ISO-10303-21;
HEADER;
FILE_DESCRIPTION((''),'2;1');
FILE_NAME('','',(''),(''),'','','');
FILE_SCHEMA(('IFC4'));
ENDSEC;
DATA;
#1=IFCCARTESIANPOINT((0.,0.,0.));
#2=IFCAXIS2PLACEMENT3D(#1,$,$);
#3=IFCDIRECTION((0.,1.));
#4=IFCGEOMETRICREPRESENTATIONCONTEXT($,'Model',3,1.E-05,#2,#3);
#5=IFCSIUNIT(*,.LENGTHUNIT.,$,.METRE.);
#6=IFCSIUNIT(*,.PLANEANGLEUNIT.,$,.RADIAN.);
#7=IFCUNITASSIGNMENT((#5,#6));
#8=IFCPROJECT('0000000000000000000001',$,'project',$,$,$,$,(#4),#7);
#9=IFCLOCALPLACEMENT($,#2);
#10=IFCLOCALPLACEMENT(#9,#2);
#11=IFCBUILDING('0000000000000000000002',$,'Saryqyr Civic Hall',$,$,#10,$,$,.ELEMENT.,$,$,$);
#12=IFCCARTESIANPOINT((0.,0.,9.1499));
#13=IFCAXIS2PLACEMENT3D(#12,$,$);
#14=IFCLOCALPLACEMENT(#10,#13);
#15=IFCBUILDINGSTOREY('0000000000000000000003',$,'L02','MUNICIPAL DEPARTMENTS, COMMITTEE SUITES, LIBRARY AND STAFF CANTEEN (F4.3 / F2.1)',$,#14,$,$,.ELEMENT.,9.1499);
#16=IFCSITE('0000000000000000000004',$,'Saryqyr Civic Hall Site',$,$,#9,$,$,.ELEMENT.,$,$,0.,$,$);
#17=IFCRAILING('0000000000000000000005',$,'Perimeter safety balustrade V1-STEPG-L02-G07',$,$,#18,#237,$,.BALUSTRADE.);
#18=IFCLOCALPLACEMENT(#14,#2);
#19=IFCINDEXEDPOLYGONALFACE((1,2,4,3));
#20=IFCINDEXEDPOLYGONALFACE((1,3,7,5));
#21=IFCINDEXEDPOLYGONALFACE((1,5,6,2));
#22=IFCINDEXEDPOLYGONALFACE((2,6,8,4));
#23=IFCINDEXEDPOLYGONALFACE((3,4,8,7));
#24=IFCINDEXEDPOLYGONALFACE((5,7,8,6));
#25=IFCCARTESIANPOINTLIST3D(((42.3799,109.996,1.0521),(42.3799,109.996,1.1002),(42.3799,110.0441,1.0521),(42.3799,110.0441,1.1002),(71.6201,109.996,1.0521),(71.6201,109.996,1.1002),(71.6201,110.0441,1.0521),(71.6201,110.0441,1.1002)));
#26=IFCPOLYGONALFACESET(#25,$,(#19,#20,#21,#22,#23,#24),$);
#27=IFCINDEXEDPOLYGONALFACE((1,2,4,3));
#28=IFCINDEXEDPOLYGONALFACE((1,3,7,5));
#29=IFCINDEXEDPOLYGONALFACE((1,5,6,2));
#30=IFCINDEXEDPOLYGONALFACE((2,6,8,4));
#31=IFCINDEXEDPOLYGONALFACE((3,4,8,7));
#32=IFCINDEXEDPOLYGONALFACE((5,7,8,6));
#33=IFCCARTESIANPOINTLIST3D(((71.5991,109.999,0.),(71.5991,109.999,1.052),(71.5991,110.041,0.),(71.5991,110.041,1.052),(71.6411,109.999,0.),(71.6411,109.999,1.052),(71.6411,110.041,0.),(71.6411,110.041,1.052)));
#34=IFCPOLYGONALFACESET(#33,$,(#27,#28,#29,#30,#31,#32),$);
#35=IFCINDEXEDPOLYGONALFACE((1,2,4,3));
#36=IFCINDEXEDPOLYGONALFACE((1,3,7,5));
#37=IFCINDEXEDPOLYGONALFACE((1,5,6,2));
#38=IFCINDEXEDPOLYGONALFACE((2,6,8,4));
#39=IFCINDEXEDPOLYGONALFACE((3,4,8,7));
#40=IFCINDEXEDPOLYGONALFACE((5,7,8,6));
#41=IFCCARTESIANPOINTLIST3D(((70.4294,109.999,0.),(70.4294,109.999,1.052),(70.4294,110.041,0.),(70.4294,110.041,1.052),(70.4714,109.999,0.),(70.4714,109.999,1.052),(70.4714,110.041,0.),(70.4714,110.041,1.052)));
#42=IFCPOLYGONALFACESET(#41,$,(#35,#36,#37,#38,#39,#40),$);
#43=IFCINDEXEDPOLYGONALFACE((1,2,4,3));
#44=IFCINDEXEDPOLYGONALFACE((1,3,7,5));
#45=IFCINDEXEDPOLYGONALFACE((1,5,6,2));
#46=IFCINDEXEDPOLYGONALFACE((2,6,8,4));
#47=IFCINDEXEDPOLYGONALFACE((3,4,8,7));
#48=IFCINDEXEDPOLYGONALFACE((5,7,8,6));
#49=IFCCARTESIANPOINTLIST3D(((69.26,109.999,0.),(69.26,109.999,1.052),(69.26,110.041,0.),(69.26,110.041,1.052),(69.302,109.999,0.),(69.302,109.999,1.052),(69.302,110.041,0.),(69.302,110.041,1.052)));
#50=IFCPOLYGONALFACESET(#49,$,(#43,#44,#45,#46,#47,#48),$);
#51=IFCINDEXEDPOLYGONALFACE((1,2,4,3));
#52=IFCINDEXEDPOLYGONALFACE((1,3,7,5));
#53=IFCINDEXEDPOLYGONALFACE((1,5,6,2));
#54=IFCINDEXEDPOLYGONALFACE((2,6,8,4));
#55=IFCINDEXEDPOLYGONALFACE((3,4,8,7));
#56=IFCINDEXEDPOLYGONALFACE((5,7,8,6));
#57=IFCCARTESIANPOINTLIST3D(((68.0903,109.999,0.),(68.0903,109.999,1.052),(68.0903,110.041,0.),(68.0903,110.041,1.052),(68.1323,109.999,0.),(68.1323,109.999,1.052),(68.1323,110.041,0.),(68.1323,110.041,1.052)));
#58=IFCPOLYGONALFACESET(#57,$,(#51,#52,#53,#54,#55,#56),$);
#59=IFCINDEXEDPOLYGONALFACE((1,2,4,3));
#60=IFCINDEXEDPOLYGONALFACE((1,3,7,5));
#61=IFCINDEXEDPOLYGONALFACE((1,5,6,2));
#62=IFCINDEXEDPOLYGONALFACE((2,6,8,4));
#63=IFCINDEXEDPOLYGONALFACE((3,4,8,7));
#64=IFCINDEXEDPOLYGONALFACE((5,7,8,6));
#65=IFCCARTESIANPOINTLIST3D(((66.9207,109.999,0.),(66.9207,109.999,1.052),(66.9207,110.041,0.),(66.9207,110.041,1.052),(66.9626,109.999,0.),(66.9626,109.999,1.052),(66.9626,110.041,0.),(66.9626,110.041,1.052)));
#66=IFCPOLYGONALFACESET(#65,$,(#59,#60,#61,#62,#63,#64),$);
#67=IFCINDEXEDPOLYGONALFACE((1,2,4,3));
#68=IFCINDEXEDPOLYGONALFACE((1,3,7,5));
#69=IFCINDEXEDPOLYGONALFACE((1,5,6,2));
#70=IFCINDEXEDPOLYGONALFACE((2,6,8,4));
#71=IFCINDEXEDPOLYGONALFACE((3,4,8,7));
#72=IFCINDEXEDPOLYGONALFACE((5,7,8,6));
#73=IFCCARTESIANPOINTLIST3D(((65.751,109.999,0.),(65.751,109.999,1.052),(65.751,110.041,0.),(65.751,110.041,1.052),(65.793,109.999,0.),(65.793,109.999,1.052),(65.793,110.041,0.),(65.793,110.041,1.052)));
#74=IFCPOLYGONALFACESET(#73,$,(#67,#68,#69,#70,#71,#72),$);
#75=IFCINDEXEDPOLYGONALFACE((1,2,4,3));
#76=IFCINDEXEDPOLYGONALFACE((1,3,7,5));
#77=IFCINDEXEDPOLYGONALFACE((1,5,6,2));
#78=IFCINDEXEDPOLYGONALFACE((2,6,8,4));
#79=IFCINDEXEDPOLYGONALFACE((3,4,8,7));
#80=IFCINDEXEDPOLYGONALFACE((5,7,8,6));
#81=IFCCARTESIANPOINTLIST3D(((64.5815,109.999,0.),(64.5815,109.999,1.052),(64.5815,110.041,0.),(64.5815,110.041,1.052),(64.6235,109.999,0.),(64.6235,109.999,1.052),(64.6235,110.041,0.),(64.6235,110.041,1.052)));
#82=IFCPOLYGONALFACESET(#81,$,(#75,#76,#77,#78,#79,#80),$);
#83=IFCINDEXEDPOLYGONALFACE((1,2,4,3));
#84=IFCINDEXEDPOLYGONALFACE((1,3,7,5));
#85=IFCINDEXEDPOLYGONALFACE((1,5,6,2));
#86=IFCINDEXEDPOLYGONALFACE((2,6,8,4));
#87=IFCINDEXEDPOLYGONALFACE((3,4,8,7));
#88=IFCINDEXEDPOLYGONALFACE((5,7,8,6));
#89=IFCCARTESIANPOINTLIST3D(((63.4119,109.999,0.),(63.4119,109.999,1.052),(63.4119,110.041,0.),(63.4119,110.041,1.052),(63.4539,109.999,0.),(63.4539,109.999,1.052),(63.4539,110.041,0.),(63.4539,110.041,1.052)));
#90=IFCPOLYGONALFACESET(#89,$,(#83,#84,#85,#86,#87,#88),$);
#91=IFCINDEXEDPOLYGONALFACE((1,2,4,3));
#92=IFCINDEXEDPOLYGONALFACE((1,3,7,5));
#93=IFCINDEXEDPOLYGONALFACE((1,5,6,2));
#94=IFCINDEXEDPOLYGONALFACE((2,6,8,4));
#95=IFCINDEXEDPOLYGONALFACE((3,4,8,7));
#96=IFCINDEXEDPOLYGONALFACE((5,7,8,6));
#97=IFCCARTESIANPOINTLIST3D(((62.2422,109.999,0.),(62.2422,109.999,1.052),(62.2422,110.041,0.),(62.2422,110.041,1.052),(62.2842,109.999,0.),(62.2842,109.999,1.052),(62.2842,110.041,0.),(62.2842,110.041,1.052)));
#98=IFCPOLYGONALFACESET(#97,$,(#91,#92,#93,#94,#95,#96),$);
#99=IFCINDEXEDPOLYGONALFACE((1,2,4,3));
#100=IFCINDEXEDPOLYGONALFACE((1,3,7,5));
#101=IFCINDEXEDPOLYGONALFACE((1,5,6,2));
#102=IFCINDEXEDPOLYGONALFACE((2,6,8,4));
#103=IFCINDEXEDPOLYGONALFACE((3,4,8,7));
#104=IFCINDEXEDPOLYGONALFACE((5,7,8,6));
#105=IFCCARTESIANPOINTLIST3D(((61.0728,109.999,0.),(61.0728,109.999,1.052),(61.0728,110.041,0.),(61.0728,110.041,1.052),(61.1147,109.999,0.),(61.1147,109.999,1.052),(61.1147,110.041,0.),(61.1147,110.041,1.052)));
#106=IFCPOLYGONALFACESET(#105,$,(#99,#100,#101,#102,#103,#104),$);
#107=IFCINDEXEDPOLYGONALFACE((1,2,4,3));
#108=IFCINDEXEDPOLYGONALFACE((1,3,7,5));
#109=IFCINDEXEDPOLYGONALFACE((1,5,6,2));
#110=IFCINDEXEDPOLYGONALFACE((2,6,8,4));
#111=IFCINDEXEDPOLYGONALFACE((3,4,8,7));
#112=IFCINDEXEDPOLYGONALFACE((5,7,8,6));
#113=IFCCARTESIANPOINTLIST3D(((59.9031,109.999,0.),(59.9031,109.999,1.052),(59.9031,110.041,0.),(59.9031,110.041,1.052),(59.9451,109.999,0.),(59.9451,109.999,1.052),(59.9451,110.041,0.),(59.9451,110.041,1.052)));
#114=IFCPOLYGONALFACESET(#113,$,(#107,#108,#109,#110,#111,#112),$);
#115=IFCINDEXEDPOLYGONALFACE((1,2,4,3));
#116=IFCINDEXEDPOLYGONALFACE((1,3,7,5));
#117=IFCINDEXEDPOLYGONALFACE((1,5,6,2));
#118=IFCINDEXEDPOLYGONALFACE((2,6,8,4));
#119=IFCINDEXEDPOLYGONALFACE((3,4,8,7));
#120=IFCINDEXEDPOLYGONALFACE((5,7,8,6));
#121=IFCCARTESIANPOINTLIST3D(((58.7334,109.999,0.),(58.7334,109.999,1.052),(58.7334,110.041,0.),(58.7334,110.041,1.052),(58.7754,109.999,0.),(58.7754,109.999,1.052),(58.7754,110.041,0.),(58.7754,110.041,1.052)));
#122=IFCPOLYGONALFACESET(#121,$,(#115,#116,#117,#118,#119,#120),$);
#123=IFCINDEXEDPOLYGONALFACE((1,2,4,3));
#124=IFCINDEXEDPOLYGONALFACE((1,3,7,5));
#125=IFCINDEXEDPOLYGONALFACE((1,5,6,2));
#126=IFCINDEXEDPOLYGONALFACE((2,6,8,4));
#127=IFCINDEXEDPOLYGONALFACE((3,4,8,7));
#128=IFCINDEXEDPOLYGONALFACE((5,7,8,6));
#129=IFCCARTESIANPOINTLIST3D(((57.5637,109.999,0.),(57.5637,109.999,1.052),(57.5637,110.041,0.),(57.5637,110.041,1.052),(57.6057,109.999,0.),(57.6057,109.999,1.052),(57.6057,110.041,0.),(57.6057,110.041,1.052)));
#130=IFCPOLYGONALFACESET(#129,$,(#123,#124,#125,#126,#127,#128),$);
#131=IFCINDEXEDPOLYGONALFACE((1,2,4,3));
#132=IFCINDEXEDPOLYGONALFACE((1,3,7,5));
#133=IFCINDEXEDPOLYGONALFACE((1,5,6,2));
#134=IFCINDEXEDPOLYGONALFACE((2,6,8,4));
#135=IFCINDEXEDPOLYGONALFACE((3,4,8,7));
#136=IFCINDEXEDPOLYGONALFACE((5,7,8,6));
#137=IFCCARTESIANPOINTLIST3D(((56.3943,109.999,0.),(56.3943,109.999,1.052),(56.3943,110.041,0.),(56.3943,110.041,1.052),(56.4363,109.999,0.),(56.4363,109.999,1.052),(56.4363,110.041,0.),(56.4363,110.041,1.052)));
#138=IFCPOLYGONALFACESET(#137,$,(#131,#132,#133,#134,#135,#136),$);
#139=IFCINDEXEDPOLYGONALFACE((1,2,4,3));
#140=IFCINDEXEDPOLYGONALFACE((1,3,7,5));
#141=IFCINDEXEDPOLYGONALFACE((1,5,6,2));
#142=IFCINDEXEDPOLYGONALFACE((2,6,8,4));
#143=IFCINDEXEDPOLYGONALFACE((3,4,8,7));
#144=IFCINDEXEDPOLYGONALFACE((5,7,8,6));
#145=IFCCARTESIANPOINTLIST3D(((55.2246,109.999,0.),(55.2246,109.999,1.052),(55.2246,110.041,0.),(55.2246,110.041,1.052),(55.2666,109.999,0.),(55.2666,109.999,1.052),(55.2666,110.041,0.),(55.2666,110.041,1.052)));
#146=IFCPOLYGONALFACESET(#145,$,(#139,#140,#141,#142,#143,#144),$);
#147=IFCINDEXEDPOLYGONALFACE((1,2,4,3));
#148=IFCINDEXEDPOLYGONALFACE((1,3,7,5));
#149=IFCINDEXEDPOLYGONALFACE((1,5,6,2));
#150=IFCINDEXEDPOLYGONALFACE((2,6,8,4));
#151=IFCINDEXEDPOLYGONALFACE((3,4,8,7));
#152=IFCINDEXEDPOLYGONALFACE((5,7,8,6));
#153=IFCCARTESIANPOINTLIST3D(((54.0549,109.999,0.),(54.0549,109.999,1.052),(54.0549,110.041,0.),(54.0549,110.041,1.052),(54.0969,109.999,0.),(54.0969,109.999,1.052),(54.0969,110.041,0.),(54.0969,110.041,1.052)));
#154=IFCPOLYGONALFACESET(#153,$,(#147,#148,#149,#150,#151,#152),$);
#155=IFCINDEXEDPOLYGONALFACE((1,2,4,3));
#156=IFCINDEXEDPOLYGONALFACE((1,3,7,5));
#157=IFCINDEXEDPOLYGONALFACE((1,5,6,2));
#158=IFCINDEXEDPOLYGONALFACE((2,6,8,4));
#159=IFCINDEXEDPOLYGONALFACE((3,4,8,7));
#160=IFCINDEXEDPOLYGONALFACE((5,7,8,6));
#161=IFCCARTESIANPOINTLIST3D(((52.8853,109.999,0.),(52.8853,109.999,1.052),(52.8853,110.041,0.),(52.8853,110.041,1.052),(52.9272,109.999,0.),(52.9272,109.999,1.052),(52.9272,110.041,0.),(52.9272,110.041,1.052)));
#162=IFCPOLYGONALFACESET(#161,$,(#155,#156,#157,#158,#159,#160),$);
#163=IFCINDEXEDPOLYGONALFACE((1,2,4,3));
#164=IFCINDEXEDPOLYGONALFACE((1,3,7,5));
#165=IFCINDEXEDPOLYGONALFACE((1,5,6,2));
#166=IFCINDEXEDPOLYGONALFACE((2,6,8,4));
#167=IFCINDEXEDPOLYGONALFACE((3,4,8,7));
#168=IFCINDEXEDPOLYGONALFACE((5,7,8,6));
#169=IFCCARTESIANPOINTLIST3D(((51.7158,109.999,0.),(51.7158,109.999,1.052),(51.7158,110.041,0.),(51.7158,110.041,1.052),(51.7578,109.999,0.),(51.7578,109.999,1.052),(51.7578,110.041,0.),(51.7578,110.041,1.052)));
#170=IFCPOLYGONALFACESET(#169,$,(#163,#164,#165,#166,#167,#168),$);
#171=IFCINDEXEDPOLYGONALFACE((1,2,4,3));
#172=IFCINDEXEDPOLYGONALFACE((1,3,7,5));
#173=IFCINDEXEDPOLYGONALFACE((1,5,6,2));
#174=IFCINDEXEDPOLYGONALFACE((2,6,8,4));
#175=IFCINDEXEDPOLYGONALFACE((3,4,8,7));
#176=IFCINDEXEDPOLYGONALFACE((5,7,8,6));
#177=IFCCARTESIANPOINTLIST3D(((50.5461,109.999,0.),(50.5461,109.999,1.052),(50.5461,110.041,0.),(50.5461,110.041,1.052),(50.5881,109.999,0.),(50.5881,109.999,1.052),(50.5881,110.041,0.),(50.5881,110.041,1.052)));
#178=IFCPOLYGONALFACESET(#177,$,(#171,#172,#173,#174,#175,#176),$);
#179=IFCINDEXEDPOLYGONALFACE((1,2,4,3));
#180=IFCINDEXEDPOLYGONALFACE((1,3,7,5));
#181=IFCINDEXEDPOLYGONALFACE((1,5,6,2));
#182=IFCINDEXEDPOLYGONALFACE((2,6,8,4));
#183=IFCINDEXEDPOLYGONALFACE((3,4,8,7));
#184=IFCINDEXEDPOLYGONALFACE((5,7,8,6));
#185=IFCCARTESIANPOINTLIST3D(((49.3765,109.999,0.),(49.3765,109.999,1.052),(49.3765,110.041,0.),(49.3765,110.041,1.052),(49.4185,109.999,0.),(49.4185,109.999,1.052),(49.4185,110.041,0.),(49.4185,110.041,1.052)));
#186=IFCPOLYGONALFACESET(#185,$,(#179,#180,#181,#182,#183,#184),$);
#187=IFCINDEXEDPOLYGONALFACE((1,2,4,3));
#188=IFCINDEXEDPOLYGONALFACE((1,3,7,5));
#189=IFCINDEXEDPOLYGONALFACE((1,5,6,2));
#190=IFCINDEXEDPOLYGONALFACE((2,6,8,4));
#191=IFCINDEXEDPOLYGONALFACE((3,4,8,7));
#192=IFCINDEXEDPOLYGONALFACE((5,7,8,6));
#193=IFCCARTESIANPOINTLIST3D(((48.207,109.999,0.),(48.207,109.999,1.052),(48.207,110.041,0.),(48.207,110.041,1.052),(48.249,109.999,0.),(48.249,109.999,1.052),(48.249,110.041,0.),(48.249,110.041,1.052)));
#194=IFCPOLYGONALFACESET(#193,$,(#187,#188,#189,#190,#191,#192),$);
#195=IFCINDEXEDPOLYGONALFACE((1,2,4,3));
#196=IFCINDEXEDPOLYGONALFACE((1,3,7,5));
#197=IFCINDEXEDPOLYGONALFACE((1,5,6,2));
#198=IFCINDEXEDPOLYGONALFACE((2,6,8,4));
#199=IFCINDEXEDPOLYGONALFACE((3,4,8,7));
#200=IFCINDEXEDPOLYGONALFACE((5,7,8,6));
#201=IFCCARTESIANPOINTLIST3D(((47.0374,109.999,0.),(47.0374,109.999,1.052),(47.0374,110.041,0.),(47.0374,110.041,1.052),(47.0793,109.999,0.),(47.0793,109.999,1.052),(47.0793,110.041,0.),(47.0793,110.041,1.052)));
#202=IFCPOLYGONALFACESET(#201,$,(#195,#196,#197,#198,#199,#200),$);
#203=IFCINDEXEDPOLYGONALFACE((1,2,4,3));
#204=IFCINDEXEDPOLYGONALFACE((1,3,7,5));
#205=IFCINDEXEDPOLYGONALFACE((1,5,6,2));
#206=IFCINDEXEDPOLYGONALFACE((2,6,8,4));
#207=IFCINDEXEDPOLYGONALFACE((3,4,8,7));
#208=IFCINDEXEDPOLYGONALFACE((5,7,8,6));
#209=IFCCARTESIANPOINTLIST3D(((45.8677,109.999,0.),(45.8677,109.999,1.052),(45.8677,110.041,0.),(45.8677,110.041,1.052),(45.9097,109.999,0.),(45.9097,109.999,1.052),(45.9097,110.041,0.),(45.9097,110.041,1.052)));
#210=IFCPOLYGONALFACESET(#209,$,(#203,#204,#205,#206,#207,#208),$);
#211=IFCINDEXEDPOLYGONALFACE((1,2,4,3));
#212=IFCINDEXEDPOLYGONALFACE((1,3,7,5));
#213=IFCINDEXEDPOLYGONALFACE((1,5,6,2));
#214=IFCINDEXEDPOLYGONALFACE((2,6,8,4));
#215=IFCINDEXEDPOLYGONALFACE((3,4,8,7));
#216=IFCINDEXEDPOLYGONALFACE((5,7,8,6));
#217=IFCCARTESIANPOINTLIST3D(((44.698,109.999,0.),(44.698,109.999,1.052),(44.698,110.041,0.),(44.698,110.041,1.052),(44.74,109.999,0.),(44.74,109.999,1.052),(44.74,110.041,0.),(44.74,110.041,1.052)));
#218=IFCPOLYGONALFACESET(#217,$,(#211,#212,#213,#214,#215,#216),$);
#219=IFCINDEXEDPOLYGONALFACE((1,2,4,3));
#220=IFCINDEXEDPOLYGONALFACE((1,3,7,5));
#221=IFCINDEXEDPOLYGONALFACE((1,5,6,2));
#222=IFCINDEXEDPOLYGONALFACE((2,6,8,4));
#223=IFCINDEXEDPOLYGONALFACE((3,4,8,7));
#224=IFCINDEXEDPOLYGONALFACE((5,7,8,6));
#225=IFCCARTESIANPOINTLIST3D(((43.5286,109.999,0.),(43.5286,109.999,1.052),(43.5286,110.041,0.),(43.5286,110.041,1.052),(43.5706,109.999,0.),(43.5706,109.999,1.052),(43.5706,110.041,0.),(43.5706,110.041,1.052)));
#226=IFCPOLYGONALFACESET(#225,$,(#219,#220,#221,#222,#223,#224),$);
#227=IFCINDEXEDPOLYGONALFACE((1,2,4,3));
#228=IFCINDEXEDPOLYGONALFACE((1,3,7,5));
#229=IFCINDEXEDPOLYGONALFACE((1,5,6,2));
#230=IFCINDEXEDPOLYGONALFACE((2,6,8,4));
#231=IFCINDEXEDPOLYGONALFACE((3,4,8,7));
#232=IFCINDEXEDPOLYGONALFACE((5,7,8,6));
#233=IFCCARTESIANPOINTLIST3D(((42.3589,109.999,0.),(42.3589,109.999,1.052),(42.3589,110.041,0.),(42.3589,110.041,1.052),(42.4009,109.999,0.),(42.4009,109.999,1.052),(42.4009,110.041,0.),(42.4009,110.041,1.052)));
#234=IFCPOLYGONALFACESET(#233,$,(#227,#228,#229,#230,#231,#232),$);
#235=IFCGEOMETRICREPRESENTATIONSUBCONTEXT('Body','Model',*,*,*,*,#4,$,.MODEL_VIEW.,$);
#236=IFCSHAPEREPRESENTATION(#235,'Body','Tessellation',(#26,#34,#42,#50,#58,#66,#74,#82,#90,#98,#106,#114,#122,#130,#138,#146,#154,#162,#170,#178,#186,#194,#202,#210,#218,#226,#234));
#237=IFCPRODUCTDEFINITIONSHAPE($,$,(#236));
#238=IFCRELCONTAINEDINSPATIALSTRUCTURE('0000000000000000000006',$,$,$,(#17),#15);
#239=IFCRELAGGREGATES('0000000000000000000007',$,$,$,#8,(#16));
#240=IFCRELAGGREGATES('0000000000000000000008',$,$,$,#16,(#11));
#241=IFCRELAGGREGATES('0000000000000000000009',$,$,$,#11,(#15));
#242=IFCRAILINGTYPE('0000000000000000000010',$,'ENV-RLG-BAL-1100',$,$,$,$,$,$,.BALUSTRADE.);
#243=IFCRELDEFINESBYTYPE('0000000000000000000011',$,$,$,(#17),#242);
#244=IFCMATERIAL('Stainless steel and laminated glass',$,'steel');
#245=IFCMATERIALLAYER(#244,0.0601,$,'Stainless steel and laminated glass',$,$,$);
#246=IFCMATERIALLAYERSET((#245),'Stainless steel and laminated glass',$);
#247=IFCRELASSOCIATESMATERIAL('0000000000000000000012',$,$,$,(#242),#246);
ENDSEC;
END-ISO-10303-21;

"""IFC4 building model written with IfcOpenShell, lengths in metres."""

from ifc_helpers import new_model, si_unit, direction, frame, origin, origin_2d, place, context, subcontext, project, spatial, rectangle, extrude, material, layer, layer_set, type_object, element, save


model = new_model("IFC4")

# Units and contexts
model_context = context("Model", 3, precision=1e-05, world=origin(), true_north=direction((0.0, 1.0)))
body_context = subcontext(model_context, "Body", "Model", "MODEL_VIEW")
ifc_project = project(units=[si_unit("LENGTHUNIT", "METRE"), si_unit("PLANEANGLEUNIT", "RADIAN")], contexts=[model_context])

# Site, building, storey
site_placement = place(None, origin())
site = spatial("IfcSite", under=ifc_project, at=site_placement, Name="Saryqyr Civic Hall Site", CompositionType="ELEMENT", RefElevation=0.0)
building_placement = place(site_placement, origin())
building = spatial("IfcBuilding", under=site, at=building_placement, Name="Saryqyr Civic Hall", CompositionType="ELEMENT")
storey_placement = place(building_placement, frame((0.0, 0.0, 9.1499)))
storey = spatial("IfcBuildingStorey", under=building, at=storey_placement, Name="L02", Description="MUNICIPAL DEPARTMENTS, COMMITTEE SUITES, LIBRARY AND STAFF CANTEEN (F4.3 / F2.1)", CompositionType="ELEMENT", Elevation=9.1499)

# Railing
ifc_material_1 = material(Name="Stainless steel and laminated glass", Category="steel")
ifc_layer_1 = layer(ifc_material_1, 0.0601, Name="Stainless steel and laminated glass")
ifc_layer_set_1 = layer_set([ifc_layer_1], Name="Stainless steel and laminated glass")
railing_type_1 = type_object("IfcRailingType", Name="ENV-RLG-BAL-1100", PredefinedType="BALUSTRADE", material=ifc_layer_set_1)
railing_1_placement = place(storey_placement, frame((71.6201, 110.02, 0.0)))
element("IfcRailing", 1, at=railing_1_placement, inside=storey, type_object=railing_type_1, Name="Perimeter safety balustrade V1-STEPG-L02-G07", PredefinedType="BALUSTRADE", context=body_context, shape_type="SweptSolid", body=[
    extrude(rectangle(XDim=0.0481, YDim=0.0481, at=origin_2d()), frame((0.0, 0.0, 1.0762), z_axis=(-1.0, 0.0, 0.0), x_axis=(0.0, -1.0, 0.0)), (0.0, 0.0, 1.0), 29.2402),
    extrude(rectangle(XDim=0.042, YDim=0.042, at=origin_2d()), origin(), (0.0, 0.0, 1.0), 1.052),
    extrude(rectangle(XDim=0.042, YDim=0.042, at=origin_2d()), frame((-1.1697, 0.0, 0.0)), (0.0, 0.0, 1.0), 1.052),
    extrude(rectangle(XDim=0.042, YDim=0.042, at=origin_2d()), frame((-2.3391, 0.0, 0.0)), (0.0, 0.0, 1.0), 1.052),
    extrude(rectangle(XDim=0.042, YDim=0.042, at=origin_2d()), frame((-3.5088, 0.0, 0.0)), (0.0, 0.0, 1.0), 1.052),
    extrude(rectangle(XDim=0.042, YDim=0.042, at=origin_2d()), frame((-4.6785, 0.0, 0.0)), (0.0, 0.0, 1.0), 1.052),
    extrude(rectangle(XDim=0.042, YDim=0.042, at=origin_2d()), frame((-5.8481, 0.0, 0.0)), (0.0, 0.0, 1.0), 1.052),
    extrude(rectangle(XDim=0.042, YDim=0.042, at=origin_2d()), frame((-7.0176, 0.0, 0.0)), (0.0, 0.0, 1.0), 1.052),
    extrude(rectangle(XDim=0.042, YDim=0.042, at=origin_2d()), frame((-8.1873, 0.0, 0.0)), (0.0, 0.0, 1.0), 1.052),
    extrude(rectangle(XDim=0.042, YDim=0.042, at=origin_2d()), frame((-9.3569, 0.0, 0.0)), (0.0, 0.0, 1.0), 1.052),
    extrude(rectangle(XDim=0.042, YDim=0.042, at=origin_2d()), frame((-10.5264, 0.0, 0.0)), (0.0, 0.0, 1.0), 1.052),
    extrude(rectangle(XDim=0.042, YDim=0.042, at=origin_2d()), frame((-11.696, 0.0, 0.0)), (0.0, 0.0, 1.0), 1.052),
    extrude(rectangle(XDim=0.042, YDim=0.042, at=origin_2d()), frame((-12.8657, 0.0, 0.0)), (0.0, 0.0, 1.0), 1.052),
    extrude(rectangle(XDim=0.042, YDim=0.042, at=origin_2d()), frame((-14.0354, 0.0, 0.0)), (0.0, 0.0, 1.0), 1.052),
    extrude(rectangle(XDim=0.042, YDim=0.042, at=origin_2d()), frame((-15.2048, 0.0, 0.0)), (0.0, 0.0, 1.0), 1.052),
    extrude(rectangle(XDim=0.042, YDim=0.042, at=origin_2d()), frame((-16.3745, 0.0, 0.0)), (0.0, 0.0, 1.0), 1.052),
    extrude(rectangle(XDim=0.042, YDim=0.042, at=origin_2d()), frame((-17.5442, 0.0, 0.0)), (0.0, 0.0, 1.0), 1.052),
    extrude(rectangle(XDim=0.042, YDim=0.042, at=origin_2d()), frame((-18.7139, 0.0, 0.0)), (0.0, 0.0, 1.0), 1.052),
    extrude(rectangle(XDim=0.042, YDim=0.042, at=origin_2d()), frame((-19.8833, 0.0, 0.0)), (0.0, 0.0, 1.0), 1.052),
    extrude(rectangle(XDim=0.042, YDim=0.042, at=origin_2d()), frame((-21.053, 0.0, 0.0)), (0.0, 0.0, 1.0), 1.052),
    extrude(rectangle(XDim=0.042, YDim=0.042, at=origin_2d()), frame((-22.2227, 0.0, 0.0)), (0.0, 0.0, 1.0), 1.052),
    extrude(rectangle(XDim=0.042, YDim=0.042, at=origin_2d()), frame((-23.3921, 0.0, 0.0)), (0.0, 0.0, 1.0), 1.052),
    extrude(rectangle(XDim=0.042, YDim=0.042, at=origin_2d()), frame((-24.5618, 0.0, 0.0)), (0.0, 0.0, 1.0), 1.052),
    extrude(rectangle(XDim=0.042, YDim=0.042, at=origin_2d()), frame((-25.7314, 0.0, 0.0)), (0.0, 0.0, 1.0), 1.052),
    extrude(rectangle(XDim=0.042, YDim=0.042, at=origin_2d()), frame((-26.9011, 0.0, 0.0)), (0.0, 0.0, 1.0), 1.052),
    extrude(rectangle(XDim=0.042, YDim=0.042, at=origin_2d()), frame((-28.0706, 0.0, 0.0)), (0.0, 0.0, 1.0), 1.052),
    extrude(rectangle(XDim=0.042, YDim=0.042, at=origin_2d()), frame((-29.2402, 0.0, 0.0)), (0.0, 0.0, 1.0), 1.052),
])

save(model, "model.ifc")
